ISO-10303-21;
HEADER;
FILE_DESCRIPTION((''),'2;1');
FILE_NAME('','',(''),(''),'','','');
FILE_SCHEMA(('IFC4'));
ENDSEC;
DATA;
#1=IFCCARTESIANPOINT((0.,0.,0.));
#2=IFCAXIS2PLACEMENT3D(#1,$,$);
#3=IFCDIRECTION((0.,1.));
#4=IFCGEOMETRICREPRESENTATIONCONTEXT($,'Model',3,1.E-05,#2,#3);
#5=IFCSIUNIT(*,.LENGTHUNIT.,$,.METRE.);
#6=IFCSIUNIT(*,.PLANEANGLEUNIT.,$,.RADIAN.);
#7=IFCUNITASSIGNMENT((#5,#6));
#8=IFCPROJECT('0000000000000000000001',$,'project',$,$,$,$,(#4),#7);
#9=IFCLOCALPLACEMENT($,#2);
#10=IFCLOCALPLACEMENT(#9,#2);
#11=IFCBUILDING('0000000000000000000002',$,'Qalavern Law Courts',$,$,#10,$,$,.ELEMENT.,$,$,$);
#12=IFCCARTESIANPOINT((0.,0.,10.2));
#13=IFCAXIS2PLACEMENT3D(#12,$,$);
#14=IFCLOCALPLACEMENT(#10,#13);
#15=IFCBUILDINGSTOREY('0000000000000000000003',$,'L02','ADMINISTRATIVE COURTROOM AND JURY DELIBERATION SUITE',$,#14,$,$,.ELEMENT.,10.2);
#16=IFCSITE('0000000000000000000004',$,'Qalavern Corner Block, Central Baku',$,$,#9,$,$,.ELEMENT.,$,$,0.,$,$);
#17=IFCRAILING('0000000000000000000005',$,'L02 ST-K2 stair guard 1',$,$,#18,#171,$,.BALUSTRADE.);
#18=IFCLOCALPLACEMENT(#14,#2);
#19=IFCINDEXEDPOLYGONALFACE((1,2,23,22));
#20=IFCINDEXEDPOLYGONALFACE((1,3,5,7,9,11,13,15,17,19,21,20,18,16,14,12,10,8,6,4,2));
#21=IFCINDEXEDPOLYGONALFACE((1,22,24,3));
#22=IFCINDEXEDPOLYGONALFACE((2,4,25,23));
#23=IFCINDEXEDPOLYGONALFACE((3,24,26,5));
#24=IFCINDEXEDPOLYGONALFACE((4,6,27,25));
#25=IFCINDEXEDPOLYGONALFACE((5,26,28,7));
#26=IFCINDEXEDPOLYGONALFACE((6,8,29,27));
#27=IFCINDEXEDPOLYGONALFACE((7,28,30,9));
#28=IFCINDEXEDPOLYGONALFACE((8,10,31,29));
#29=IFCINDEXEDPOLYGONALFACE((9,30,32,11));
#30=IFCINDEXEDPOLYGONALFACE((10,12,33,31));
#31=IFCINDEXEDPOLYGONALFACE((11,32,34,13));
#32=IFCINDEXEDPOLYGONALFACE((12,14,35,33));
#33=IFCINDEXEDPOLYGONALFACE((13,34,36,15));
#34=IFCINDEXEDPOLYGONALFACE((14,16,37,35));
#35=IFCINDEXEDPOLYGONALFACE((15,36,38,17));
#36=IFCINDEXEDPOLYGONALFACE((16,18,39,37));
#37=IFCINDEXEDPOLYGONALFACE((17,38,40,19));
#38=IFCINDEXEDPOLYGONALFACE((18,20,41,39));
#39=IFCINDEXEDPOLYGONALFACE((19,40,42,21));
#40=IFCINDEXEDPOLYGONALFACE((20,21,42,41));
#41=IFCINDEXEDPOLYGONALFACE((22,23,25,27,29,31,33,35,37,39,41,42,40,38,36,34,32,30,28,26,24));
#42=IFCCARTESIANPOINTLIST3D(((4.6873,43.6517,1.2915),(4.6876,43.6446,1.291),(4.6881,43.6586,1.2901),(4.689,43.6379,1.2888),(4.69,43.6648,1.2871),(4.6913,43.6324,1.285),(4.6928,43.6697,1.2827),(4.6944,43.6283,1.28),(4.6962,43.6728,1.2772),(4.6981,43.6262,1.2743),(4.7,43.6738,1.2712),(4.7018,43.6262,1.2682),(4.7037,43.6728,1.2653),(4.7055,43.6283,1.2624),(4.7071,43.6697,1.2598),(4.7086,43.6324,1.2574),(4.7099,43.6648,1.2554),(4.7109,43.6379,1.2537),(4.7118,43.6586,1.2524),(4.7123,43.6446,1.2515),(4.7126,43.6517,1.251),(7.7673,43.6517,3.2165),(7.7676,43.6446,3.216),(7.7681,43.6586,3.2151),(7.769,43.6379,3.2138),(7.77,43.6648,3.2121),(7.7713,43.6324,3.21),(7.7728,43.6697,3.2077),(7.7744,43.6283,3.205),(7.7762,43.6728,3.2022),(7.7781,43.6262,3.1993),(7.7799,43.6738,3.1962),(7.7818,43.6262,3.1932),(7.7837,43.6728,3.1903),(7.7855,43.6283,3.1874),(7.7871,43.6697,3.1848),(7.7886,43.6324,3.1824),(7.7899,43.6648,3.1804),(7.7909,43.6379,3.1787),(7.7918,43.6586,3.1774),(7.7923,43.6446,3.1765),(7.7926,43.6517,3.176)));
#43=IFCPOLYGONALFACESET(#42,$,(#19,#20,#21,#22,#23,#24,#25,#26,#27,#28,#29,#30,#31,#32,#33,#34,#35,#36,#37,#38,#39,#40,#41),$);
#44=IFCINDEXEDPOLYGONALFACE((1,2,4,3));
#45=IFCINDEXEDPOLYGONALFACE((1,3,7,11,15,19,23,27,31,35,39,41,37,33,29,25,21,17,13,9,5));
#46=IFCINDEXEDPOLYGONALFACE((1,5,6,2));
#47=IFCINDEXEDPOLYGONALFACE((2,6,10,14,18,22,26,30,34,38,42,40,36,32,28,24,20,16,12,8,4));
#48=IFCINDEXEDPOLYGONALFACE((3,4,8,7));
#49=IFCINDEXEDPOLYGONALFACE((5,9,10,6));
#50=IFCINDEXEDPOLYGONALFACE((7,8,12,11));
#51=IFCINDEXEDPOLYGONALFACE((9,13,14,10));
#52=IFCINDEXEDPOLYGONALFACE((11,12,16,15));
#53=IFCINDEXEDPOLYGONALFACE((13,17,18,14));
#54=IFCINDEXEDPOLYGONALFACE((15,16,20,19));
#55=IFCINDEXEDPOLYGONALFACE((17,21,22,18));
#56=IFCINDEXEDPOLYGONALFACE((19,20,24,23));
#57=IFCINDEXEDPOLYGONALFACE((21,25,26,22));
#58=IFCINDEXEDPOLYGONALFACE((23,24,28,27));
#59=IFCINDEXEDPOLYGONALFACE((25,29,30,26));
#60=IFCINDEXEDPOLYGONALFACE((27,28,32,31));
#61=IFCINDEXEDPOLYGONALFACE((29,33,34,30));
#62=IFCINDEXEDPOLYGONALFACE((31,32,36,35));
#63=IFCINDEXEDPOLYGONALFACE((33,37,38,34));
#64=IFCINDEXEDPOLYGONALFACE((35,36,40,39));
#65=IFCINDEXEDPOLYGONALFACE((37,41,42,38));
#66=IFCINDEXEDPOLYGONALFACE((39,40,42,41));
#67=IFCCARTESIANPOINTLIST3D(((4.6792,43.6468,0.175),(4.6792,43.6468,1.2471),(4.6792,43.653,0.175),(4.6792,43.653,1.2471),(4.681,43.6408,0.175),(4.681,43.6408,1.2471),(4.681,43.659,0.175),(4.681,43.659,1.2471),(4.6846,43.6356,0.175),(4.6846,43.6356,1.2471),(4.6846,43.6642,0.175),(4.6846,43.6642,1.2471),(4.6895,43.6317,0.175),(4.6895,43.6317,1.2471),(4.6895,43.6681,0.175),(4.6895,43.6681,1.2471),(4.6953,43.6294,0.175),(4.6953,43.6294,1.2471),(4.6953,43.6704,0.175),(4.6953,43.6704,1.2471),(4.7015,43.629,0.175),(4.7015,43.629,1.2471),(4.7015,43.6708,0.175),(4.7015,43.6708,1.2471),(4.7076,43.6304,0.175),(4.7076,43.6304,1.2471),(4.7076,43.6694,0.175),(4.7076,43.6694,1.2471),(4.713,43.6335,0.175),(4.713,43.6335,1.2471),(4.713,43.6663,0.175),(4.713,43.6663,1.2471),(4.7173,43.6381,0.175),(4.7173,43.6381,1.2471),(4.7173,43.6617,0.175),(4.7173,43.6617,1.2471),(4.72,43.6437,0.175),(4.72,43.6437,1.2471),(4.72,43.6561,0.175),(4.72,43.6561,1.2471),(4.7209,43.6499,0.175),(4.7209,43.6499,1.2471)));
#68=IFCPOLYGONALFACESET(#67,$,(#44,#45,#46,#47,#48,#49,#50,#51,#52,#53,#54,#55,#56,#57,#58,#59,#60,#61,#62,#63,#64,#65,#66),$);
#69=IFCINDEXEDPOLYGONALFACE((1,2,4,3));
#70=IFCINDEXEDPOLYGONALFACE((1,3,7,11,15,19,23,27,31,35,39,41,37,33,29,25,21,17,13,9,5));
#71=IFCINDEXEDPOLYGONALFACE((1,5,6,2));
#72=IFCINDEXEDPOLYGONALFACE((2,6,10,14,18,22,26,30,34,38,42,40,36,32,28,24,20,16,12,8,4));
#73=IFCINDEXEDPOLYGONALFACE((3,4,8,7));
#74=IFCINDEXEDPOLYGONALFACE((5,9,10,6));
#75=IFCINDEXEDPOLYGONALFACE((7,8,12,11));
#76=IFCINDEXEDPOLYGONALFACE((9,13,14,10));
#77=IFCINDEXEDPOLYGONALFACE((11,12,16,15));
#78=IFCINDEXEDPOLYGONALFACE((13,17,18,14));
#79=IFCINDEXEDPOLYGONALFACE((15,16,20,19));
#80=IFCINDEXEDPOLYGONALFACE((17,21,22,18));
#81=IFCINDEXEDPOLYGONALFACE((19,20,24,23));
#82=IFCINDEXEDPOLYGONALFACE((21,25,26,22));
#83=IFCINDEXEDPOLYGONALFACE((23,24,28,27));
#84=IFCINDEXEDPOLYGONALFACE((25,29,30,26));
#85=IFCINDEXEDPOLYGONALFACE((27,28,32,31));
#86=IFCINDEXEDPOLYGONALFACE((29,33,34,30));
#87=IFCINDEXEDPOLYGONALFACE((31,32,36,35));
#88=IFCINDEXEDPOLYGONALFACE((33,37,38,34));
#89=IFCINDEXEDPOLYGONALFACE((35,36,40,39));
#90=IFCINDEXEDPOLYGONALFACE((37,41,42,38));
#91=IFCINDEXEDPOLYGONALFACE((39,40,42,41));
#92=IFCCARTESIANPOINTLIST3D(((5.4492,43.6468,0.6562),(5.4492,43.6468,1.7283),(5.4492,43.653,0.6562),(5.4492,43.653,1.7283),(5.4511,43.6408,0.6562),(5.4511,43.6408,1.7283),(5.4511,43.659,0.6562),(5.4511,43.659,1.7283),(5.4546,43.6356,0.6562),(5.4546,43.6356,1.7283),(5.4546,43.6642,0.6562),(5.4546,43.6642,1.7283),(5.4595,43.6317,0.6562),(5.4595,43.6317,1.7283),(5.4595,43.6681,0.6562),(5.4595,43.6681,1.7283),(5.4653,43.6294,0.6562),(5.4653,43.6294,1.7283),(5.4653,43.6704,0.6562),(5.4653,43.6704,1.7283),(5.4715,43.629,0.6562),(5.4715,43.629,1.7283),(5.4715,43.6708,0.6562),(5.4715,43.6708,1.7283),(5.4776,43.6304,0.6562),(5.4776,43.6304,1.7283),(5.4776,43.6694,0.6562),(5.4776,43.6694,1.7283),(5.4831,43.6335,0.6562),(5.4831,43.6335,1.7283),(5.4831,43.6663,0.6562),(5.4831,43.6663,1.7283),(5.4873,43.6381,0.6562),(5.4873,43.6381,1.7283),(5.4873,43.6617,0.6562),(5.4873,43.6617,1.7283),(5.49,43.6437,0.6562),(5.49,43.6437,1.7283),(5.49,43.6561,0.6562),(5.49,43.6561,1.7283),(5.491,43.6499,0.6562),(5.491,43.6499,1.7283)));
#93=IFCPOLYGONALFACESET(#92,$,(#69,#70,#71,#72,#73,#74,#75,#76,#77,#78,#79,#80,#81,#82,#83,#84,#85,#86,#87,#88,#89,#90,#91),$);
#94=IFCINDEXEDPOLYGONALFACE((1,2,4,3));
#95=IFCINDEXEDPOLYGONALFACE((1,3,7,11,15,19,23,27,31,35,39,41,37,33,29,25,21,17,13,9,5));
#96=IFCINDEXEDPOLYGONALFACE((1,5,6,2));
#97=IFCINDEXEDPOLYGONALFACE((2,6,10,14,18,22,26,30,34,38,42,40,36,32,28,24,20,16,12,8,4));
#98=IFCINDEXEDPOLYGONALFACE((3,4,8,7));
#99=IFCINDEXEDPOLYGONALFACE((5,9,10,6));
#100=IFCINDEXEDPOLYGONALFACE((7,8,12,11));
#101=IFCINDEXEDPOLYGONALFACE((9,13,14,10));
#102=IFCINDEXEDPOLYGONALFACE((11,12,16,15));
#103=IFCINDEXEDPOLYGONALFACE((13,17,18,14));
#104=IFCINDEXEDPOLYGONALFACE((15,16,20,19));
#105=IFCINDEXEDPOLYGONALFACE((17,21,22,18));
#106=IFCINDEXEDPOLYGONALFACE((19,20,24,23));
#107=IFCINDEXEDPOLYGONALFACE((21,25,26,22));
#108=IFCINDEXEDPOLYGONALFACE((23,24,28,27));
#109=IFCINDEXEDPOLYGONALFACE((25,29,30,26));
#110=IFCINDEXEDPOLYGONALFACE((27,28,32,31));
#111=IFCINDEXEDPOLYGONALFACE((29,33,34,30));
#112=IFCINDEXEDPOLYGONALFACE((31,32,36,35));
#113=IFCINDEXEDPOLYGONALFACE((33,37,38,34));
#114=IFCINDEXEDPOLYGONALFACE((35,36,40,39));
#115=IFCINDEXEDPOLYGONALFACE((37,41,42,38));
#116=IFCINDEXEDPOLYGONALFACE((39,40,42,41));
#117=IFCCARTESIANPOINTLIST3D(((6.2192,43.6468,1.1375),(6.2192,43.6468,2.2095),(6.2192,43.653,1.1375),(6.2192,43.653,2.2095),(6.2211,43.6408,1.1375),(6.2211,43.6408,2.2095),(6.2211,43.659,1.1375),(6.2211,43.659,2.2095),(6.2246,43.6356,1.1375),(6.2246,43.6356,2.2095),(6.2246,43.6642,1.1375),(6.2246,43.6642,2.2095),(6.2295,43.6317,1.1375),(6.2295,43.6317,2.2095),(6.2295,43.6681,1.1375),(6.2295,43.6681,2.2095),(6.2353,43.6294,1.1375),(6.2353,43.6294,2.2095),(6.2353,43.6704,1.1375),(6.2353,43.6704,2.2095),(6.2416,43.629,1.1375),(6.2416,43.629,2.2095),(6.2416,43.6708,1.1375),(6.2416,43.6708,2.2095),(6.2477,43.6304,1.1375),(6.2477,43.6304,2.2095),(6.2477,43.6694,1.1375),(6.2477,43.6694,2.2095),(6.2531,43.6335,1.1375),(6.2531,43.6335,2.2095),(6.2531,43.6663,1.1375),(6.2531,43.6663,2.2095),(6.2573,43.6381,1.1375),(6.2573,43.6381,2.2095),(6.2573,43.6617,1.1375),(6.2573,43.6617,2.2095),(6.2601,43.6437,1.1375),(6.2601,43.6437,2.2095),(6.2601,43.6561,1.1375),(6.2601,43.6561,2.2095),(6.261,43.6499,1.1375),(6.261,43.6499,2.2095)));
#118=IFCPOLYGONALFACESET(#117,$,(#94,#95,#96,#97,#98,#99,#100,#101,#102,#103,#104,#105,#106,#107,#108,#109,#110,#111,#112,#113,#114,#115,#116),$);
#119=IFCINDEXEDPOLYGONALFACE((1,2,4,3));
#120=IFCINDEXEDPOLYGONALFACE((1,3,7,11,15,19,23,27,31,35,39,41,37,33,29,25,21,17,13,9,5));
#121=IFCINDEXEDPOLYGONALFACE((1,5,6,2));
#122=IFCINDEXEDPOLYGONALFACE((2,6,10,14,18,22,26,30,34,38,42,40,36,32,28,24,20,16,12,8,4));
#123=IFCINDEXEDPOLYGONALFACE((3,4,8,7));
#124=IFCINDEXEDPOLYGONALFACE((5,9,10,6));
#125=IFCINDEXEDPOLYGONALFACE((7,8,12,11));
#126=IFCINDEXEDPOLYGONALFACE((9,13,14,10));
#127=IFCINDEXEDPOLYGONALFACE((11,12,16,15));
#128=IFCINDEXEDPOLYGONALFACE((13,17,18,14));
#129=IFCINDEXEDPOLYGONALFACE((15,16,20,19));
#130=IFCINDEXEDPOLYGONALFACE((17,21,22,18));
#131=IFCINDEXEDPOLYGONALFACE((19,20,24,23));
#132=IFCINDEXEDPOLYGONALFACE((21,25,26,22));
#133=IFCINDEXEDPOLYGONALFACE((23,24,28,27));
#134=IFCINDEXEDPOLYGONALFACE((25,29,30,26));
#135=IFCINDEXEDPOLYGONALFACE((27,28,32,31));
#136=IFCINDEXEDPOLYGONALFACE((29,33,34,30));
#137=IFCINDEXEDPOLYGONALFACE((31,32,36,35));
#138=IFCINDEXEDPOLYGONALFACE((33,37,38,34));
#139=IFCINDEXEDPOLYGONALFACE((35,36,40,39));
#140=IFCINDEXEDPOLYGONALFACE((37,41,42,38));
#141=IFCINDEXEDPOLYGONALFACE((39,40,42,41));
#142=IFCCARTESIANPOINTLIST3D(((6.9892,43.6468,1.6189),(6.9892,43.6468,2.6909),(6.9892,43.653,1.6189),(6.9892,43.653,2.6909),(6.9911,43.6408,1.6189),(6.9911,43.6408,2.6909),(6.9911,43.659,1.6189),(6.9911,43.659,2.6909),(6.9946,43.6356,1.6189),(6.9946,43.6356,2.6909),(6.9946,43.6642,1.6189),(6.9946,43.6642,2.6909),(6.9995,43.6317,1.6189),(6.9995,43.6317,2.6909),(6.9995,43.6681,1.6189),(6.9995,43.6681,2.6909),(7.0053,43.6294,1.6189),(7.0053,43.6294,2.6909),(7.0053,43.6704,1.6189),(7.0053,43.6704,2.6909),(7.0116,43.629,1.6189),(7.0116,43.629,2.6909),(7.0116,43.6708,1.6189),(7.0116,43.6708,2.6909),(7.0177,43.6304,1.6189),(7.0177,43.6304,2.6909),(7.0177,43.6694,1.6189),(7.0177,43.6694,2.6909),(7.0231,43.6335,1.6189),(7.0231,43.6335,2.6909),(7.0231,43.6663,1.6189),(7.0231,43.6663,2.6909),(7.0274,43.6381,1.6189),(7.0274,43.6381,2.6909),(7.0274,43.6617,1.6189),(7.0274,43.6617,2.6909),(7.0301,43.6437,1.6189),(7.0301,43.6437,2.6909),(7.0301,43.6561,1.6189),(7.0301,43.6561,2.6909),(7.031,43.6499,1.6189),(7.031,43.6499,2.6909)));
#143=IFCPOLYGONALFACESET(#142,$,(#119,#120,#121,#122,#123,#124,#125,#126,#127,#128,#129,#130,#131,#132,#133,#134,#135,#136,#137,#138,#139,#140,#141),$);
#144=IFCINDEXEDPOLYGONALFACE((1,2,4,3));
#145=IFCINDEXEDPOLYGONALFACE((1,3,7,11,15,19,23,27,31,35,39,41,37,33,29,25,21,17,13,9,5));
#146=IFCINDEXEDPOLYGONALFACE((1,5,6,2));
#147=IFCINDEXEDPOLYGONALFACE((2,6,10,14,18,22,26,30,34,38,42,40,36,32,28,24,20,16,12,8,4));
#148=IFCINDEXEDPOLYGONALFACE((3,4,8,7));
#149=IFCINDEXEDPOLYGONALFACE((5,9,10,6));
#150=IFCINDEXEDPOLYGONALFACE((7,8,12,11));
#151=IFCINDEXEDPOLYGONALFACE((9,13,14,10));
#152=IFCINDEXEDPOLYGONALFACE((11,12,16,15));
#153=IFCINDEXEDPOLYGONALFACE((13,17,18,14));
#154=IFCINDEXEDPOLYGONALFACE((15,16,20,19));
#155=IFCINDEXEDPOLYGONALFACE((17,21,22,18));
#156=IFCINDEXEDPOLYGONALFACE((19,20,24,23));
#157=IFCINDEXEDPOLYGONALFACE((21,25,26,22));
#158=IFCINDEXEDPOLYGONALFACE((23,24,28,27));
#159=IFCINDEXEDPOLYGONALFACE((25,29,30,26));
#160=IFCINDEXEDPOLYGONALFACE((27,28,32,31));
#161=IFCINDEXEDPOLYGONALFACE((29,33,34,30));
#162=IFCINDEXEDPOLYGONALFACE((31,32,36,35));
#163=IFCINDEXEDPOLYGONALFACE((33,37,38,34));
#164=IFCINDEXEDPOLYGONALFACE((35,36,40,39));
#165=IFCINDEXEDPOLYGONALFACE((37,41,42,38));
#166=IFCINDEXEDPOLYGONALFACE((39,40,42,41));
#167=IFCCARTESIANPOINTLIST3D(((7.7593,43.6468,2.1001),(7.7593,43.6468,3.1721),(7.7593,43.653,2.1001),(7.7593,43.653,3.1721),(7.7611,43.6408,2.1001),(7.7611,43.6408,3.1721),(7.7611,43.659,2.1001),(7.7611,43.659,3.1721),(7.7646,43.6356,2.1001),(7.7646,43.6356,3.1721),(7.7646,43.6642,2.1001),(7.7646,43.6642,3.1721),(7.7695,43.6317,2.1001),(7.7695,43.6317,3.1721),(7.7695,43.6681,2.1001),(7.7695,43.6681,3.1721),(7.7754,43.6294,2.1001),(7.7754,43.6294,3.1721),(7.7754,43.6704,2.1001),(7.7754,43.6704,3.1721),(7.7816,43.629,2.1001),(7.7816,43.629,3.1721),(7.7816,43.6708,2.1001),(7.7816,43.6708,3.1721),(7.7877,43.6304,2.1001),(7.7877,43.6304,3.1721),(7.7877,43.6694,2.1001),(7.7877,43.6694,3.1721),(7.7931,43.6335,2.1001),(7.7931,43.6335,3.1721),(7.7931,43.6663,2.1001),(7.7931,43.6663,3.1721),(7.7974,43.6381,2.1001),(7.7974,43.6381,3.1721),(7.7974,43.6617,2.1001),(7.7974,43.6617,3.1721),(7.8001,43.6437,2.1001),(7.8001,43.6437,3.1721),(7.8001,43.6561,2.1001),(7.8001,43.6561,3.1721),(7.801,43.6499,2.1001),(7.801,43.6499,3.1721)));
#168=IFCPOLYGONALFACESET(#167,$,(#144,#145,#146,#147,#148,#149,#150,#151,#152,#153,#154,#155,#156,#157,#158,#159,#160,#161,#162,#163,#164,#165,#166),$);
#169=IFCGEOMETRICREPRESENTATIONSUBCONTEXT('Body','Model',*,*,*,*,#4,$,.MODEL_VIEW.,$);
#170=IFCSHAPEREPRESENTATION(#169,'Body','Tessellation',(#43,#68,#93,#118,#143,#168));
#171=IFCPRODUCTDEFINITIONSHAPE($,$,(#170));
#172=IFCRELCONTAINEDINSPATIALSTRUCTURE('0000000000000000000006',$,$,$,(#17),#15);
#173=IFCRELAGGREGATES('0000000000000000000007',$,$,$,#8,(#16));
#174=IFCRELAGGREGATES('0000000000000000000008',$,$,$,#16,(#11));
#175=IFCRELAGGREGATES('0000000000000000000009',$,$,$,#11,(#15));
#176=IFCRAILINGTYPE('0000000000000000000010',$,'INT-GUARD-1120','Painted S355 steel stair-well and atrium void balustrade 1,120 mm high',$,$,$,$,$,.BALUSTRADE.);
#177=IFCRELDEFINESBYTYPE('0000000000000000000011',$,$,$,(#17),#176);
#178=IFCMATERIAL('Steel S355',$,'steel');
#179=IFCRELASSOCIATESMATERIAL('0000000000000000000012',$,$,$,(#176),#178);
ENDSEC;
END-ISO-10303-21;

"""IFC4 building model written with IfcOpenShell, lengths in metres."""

from ifc_helpers import new_model, si_unit, direction, frame, origin, origin_2d, place, context, subcontext, project, spatial, circle, extrude, material, type_object, element, save


model = new_model("IFC4")

# Units and contexts
model_context = context("Model", 3, precision=1e-05, world=origin(), true_north=direction((0.0, 1.0)))
body_context = subcontext(model_context, "Body", "Model", "MODEL_VIEW")
ifc_project = project(units=[si_unit("LENGTHUNIT", "METRE"), si_unit("PLANEANGLEUNIT", "RADIAN")], contexts=[model_context])

# Site, building, storey
site_placement = place(None, origin())
site = spatial("IfcSite", under=ifc_project, at=site_placement, Name="Qalavern Corner Block, Central Baku", CompositionType="ELEMENT", RefElevation=0.0)
building_placement = place(site_placement, origin())
building = spatial("IfcBuilding", under=site, at=building_placement, Name="Qalavern Law Courts", CompositionType="ELEMENT")
storey_placement = place(building_placement, frame((0.0, 0.0, 10.2)))
storey = spatial("IfcBuildingStorey", under=building, at=storey_placement, Name="L02", Description="ADMINISTRATIVE COURTROOM AND JURY DELIBERATION SUITE", CompositionType="ELEMENT", Elevation=10.2)

# Railing
ifc_material_1 = material(Name="Steel S355", Category="steel")
railing_type_1 = type_object("IfcRailingType", Name="INT-GUARD-1120", Description="Painted S355 steel stair-well and atrium void balustrade 1,120 mm high", PredefinedType="BALUSTRADE", material=ifc_material_1)
railing_1_placement = place(storey_placement, frame((4.7, 43.6499, 0.175)))
element("IfcRailing", 1, at=railing_1_placement, inside=storey, type_object=railing_type_1, Name="L02 ST-K2 stair guard 1", PredefinedType="BALUSTRADE", context=body_context, shape_type="SweptSolid", body=[
    extrude(circle(Radius=0.0239, at=origin_2d()), frame((0.0, 0.0, 1.0962), z_axis=(0.847998, 0.0, 0.529999), x_axis=(0.0, 1.0, 0.0)), (0.0, 0.0, 1.0), 3.6321),
    extrude(circle(Radius=0.021, at=origin_2d()), origin(), (0.0, 0.0, 1.0), 1.072),
    extrude(circle(Radius=0.021, at=origin_2d()), frame((0.77, 0.0, 0.4812)), (0.0, 0.0, 1.0), 1.072),
    extrude(circle(Radius=0.021, at=origin_2d()), frame((1.54, 0.0, 0.9624)), (0.0, 0.0, 1.0), 1.072),
    extrude(circle(Radius=0.021, at=origin_2d()), frame((2.3101, 0.0, 1.4438)), (0.0, 0.0, 1.0), 1.072),
    extrude(circle(Radius=0.021, at=origin_2d()), frame((3.0801, 0.0, 1.925)), (0.0, 0.0, 1.0), 1.072),
])

save(model, "model.ifc")
